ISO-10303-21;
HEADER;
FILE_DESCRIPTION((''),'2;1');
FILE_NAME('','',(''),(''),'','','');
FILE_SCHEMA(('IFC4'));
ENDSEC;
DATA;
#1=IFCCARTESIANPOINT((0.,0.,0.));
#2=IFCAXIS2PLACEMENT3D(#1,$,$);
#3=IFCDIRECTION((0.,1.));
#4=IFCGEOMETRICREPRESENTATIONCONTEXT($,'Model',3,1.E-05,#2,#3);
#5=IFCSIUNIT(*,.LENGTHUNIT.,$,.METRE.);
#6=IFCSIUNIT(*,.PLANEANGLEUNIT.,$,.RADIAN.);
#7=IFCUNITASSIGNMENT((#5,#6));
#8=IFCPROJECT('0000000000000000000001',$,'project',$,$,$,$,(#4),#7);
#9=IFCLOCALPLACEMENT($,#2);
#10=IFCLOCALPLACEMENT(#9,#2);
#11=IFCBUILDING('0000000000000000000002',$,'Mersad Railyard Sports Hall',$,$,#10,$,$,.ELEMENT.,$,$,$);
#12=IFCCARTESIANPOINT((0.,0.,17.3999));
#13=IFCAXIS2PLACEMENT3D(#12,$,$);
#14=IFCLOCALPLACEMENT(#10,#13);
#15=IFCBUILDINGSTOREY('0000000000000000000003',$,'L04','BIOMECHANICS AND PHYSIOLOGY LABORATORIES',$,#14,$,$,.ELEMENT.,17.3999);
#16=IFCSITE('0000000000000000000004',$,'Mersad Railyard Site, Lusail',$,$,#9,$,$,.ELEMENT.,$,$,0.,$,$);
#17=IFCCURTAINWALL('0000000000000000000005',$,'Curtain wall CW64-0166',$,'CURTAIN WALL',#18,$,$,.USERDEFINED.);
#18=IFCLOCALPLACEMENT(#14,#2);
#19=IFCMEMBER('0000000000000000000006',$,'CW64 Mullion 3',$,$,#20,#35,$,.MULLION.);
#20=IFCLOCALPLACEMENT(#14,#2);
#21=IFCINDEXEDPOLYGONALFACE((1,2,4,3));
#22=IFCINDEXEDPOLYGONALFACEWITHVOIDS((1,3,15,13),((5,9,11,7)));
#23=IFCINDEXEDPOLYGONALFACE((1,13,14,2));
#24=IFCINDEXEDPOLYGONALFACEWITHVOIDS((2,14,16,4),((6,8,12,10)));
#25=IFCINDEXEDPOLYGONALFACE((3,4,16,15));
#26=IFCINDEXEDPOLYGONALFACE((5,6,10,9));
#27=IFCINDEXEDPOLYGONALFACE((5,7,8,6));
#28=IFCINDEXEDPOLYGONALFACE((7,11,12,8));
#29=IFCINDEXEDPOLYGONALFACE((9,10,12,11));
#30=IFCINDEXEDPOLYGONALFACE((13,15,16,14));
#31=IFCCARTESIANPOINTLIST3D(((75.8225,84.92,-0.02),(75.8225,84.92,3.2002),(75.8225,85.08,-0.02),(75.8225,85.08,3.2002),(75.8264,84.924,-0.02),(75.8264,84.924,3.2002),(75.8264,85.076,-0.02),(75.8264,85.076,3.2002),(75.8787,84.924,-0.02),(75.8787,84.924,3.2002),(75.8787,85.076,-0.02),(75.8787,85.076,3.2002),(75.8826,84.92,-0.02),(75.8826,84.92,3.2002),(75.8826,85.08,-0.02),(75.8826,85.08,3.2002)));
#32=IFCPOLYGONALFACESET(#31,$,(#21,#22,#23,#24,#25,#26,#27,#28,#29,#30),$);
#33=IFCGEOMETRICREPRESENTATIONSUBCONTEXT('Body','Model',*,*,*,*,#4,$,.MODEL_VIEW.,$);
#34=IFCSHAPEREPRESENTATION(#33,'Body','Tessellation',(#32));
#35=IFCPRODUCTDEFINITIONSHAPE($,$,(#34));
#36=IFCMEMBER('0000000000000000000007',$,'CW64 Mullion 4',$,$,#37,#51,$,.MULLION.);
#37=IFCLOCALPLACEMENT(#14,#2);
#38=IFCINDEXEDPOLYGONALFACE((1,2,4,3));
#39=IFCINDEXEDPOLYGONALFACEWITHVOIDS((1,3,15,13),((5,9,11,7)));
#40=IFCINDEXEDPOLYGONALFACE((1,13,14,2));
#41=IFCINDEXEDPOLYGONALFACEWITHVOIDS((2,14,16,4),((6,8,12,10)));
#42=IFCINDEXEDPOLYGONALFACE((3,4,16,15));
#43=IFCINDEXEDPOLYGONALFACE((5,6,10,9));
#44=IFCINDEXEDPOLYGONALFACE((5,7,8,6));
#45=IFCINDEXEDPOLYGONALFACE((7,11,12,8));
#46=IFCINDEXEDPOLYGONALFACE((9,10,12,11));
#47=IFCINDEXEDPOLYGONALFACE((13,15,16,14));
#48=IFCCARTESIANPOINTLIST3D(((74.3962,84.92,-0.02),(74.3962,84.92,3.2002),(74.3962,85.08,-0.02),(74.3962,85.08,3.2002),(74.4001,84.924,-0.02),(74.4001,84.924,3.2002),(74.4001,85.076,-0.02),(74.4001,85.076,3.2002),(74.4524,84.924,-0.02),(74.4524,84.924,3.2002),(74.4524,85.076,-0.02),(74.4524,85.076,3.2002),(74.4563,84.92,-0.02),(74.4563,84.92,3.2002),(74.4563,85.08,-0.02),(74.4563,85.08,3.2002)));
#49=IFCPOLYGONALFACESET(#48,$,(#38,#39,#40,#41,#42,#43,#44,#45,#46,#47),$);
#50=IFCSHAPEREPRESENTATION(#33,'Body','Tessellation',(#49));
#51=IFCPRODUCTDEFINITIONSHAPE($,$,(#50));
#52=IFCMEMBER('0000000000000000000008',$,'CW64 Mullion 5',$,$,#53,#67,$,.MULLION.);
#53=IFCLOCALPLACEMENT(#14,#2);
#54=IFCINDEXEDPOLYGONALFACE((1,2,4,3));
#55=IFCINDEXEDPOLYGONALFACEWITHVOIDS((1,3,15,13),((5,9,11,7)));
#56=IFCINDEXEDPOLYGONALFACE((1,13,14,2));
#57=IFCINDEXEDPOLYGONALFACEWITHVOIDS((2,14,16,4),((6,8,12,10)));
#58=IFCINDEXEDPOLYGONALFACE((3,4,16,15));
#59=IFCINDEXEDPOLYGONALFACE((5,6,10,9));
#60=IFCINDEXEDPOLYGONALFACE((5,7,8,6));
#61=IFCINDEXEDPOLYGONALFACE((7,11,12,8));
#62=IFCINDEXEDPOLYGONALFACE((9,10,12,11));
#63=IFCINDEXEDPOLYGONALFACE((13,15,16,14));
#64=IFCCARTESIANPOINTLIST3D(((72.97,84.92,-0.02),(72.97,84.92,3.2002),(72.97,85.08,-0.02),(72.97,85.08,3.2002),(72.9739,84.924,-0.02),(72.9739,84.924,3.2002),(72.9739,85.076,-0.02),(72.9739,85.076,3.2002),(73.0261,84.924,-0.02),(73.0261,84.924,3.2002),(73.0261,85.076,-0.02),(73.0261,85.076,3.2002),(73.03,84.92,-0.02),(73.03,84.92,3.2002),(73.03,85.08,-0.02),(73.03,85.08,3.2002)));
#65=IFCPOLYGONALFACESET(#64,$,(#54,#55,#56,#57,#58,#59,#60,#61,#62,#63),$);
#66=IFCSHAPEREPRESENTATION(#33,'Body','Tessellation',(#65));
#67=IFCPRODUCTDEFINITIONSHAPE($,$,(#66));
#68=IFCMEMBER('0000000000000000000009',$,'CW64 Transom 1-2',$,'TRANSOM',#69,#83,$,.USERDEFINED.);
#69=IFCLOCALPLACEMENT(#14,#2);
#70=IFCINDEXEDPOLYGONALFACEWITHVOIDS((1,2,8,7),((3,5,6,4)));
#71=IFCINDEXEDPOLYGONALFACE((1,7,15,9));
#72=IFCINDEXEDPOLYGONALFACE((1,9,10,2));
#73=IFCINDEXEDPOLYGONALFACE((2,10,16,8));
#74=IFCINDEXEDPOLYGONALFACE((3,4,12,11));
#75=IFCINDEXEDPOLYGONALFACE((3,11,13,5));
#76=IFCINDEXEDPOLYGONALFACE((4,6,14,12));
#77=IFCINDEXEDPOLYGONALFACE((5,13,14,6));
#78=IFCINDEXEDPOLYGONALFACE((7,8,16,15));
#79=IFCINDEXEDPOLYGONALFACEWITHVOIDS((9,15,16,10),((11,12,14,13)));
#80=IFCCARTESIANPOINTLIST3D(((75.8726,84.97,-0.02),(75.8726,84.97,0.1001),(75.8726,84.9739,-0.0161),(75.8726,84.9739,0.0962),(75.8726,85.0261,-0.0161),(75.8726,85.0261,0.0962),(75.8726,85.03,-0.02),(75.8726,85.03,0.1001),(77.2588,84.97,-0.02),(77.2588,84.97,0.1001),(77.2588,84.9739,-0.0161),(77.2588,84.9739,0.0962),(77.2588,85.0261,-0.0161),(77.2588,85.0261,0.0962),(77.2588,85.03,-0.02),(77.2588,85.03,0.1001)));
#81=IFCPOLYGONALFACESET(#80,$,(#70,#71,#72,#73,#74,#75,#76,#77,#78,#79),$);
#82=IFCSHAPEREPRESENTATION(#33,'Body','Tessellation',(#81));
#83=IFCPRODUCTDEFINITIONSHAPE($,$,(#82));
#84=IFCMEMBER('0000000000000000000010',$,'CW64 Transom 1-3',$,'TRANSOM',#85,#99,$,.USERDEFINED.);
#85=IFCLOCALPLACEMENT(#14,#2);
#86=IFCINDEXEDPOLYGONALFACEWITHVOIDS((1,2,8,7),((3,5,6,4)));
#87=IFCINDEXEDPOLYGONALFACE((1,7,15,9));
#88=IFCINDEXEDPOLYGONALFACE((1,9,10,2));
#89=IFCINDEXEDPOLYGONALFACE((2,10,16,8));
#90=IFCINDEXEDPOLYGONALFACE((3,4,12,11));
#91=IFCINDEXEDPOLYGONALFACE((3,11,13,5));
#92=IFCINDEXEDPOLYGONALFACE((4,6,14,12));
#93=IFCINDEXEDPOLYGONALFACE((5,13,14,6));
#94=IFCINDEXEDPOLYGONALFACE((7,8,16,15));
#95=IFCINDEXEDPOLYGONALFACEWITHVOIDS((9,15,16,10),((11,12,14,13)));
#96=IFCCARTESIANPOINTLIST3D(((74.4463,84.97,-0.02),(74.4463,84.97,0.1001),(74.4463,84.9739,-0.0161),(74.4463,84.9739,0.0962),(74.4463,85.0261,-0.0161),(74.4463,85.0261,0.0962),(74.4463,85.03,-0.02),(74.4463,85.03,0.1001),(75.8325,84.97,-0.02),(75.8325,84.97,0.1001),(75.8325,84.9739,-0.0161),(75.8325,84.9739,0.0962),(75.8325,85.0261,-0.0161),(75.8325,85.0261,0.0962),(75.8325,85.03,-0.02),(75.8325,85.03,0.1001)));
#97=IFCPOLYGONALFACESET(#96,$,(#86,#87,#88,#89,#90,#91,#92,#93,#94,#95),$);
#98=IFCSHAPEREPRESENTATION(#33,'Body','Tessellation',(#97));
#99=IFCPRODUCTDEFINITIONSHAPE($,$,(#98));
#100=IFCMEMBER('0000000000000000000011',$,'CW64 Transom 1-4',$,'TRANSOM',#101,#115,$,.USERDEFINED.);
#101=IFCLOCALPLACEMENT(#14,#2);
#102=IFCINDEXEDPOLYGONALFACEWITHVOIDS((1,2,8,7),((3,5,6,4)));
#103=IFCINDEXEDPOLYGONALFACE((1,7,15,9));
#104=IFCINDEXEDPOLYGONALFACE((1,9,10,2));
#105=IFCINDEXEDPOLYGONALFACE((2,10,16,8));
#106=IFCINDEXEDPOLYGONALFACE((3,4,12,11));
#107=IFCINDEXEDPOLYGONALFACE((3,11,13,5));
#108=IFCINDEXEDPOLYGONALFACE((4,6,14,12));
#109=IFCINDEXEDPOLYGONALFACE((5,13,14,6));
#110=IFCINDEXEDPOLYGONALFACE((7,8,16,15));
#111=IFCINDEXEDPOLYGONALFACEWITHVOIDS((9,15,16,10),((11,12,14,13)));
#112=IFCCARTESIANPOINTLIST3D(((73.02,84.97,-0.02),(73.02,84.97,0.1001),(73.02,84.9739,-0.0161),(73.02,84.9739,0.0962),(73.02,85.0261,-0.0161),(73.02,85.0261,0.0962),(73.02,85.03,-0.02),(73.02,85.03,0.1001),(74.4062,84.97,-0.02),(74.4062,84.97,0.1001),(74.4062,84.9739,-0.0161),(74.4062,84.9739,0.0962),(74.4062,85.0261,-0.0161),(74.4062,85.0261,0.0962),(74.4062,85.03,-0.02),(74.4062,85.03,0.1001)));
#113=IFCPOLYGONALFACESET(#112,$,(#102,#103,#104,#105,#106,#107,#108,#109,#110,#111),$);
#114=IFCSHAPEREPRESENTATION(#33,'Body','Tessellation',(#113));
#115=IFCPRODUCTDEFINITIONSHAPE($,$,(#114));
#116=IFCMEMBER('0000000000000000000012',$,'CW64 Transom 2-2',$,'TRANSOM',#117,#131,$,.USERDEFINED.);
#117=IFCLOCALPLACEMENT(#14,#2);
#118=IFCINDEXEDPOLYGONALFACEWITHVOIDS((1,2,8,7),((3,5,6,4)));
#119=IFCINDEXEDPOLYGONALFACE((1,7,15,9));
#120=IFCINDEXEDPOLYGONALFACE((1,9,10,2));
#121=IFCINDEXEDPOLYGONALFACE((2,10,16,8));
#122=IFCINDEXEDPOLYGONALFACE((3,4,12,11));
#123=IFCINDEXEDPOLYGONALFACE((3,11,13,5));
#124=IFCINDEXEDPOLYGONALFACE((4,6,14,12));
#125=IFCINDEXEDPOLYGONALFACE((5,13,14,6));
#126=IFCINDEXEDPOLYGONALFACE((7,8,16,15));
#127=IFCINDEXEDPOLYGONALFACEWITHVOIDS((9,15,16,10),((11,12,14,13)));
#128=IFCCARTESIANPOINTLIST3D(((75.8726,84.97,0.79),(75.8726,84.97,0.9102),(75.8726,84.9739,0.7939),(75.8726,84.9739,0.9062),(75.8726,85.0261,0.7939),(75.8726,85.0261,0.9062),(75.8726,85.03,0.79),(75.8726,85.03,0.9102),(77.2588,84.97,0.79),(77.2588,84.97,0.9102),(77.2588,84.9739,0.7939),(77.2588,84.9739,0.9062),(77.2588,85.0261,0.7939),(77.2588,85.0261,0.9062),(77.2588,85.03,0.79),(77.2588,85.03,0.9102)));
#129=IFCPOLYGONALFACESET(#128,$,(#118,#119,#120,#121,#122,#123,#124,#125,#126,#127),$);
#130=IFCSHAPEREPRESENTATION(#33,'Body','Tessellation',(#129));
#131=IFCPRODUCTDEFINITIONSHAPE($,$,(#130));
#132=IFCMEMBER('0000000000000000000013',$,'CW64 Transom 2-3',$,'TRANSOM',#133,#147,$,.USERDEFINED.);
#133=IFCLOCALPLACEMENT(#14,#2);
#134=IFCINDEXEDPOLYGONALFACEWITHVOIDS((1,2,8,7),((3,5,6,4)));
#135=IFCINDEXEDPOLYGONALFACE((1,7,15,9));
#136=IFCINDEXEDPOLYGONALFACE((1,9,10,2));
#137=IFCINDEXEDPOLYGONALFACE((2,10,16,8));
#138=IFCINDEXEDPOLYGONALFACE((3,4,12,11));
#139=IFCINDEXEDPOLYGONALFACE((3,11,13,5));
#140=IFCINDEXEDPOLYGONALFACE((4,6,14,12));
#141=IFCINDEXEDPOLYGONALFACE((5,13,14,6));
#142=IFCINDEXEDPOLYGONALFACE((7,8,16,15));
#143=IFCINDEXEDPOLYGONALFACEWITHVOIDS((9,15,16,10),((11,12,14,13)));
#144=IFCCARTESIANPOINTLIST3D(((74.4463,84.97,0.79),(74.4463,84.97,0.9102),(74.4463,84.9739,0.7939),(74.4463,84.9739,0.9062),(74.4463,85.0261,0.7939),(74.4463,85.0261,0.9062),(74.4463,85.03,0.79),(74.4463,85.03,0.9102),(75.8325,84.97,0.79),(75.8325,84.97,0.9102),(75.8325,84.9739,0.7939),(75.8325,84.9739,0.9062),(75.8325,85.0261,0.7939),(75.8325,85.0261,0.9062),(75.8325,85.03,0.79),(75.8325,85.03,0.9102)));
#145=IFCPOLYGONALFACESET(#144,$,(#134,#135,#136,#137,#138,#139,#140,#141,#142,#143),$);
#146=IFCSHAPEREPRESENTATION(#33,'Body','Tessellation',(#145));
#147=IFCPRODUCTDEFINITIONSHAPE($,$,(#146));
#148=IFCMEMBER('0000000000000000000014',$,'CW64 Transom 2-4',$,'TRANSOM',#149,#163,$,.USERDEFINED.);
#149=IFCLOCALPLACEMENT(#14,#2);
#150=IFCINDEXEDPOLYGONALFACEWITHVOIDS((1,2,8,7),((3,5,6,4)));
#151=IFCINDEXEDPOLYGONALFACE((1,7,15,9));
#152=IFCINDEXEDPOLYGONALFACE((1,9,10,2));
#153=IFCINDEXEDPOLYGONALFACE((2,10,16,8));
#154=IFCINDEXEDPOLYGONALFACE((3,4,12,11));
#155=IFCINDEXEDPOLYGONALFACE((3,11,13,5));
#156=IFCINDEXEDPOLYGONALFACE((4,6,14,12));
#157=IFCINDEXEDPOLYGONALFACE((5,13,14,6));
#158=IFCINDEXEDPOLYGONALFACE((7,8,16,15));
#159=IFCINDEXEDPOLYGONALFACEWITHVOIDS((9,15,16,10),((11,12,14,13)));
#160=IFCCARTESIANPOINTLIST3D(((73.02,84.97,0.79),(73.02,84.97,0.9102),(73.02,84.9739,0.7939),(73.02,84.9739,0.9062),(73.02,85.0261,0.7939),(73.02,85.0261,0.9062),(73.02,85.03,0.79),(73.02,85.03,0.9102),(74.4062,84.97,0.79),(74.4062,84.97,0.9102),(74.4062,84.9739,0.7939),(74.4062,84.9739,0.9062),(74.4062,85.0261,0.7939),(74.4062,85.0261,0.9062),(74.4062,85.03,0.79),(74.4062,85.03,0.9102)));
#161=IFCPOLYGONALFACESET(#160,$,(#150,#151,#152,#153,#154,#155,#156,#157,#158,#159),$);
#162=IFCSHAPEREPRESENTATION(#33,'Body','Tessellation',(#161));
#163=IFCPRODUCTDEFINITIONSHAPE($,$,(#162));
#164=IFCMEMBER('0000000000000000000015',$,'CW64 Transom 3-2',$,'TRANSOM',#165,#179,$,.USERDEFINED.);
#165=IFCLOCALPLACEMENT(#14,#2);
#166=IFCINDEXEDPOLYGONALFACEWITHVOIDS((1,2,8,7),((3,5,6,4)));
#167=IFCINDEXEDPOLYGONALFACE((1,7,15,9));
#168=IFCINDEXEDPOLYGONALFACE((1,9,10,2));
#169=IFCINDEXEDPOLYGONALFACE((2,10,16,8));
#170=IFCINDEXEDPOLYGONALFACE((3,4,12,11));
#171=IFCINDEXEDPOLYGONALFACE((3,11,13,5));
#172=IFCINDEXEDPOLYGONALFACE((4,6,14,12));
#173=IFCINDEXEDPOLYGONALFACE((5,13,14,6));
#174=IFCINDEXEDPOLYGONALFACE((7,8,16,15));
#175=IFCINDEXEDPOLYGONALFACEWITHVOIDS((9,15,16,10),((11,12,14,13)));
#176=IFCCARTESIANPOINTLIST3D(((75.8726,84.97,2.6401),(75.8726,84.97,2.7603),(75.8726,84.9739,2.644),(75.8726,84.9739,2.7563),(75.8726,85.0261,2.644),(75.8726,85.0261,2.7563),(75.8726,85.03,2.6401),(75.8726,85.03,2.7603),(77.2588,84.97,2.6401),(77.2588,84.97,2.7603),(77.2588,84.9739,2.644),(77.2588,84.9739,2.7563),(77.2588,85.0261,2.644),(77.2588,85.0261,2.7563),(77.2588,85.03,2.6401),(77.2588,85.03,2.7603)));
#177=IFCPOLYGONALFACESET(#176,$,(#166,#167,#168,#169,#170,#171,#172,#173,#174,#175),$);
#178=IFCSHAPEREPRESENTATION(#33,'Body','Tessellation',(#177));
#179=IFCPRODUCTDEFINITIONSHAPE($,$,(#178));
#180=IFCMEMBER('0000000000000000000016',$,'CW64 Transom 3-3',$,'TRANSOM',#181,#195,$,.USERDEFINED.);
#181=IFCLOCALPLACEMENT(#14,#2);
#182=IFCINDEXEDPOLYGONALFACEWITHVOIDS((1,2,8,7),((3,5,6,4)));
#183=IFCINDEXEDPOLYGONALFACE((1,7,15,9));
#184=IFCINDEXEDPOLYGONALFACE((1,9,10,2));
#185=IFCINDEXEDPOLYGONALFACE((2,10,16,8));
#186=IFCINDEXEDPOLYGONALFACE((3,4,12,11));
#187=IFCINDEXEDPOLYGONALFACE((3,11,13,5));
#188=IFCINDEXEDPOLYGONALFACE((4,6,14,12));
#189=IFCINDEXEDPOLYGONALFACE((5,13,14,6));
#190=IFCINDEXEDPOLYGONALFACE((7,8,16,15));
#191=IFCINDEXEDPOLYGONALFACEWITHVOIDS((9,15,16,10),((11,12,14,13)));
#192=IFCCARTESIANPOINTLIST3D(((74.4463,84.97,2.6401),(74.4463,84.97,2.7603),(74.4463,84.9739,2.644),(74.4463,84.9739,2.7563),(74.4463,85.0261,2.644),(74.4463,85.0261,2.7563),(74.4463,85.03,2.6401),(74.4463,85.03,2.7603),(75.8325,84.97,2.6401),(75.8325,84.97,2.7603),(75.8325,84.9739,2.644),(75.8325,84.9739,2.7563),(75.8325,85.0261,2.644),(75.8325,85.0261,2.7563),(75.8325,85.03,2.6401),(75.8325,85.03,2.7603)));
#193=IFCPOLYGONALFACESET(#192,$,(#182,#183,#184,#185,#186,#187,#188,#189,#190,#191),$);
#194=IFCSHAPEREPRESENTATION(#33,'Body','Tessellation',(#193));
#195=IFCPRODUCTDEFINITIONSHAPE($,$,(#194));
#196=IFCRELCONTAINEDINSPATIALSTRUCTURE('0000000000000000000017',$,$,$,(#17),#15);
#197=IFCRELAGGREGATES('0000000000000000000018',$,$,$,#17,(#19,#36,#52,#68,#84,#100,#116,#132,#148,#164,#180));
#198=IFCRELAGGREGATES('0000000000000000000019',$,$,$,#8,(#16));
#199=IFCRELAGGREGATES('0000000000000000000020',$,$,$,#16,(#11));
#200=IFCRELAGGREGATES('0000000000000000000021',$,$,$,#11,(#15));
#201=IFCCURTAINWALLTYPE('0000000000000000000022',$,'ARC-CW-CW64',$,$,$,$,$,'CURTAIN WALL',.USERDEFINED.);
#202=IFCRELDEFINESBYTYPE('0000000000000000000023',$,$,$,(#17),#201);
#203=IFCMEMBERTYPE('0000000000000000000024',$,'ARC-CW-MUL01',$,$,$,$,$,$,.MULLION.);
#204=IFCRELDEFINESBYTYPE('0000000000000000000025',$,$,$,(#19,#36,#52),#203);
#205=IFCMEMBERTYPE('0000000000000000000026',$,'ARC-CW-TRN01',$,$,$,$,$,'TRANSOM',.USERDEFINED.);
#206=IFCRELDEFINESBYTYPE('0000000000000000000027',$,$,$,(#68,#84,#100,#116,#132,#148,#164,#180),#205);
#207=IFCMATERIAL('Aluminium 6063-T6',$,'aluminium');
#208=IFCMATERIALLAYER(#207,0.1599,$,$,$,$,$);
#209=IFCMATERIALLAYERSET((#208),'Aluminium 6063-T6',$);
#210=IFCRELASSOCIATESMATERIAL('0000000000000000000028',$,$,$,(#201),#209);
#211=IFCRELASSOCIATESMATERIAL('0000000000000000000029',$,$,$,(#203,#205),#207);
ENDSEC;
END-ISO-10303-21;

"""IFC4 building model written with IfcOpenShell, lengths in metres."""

from ifc_helpers import new_model, si_unit, direction, frame, origin, origin_2d, place, context, subcontext, project, spatial, hollow_rectangle, extrude, material, layer, layer_set, material_profile, profile_set, type_object, element, aggregate, save


model = new_model("IFC4")

# Units and contexts
model_context = context("Model", 3, precision=1e-05, world=origin(), true_north=direction((0.0, 1.0)))
body_context = subcontext(model_context, "Body", "Model", "MODEL_VIEW")
ifc_project = project(units=[si_unit("LENGTHUNIT", "METRE"), si_unit("PLANEANGLEUNIT", "RADIAN")], contexts=[model_context])

# Site, building, storey
site_placement = place(None, origin())
site = spatial("IfcSite", under=ifc_project, at=site_placement, Name="Mersad Railyard Site, Lusail", CompositionType="ELEMENT", RefElevation=0.0)
building_placement = place(site_placement, origin())
building = spatial("IfcBuilding", under=site, at=building_placement, Name="Mersad Railyard Sports Hall", CompositionType="ELEMENT")
storey_placement = place(building_placement, frame((0.0, 0.0, 17.3999)))
storey = spatial("IfcBuildingStorey", under=building, at=storey_placement, Name="L04", Description="BIOMECHANICS AND PHYSIOLOGY LABORATORIES", CompositionType="ELEMENT", Elevation=17.3999)

# Curtain wall, members
ifc_material_1 = material(Name="Aluminium 6063-T6", Category="aluminium")
ifc_layer_1 = layer(ifc_material_1, 0.1599)
ifc_layer_set_1 = layer_set([ifc_layer_1], Name="Aluminium 6063-T6")
curtain_wall_type = type_object("IfcCurtainWallType", Name="ARC-CW-CW64", ElementType="CURTAIN WALL", PredefinedType="USERDEFINED", material=ifc_layer_set_1)
curtain_wall_placement = place(storey_placement, origin())
curtain_wall = element("IfcCurtainWall", 1, at=curtain_wall_placement, inside=storey, type_object=curtain_wall_type, Name="Curtain wall CW64-0166", ObjectType="CURTAIN WALL", PredefinedType="USERDEFINED")
ifc_material_profile_1 = material_profile(ifc_material_1, hollow_rectangle(XDim=0.0601, YDim=0.1599, WallThickness=0.0039, at=origin_2d()), Name="AL MULLION 60x160x4")
ifc_profile_set_1 = profile_set([ifc_material_profile_1], Name="Aluminium 6063-T6")
member_type_1 = type_object("IfcMemberType", Name="ARC-CW-MUL01", PredefinedType="MULLION", material=ifc_profile_set_1)
member_1_placement = place(storey_placement, frame((75.8525, 85.0, -0.02), z_axis=(0.0, 0.0, 1.0), x_axis=(1.0, 0.0, 0.0)))
member_1 = element("IfcMember", 2, at=member_1_placement, type_object=member_type_1, Name="CW64 Mullion 3", PredefinedType="MULLION", context=body_context, shape_type="SweptSolid", body=[
    extrude(hollow_rectangle(XDim=0.0601, YDim=0.1599, WallThickness=0.0039, at=origin_2d()), origin(), (0.0, 0.0, 1.0), 3.2202),
])
member_2_placement = place(storey_placement, frame((74.4263, 85.0, -0.02), z_axis=(0.0, 0.0, 1.0), x_axis=(1.0, 0.0, 0.0)))
member_2 = element("IfcMember", 3, at=member_2_placement, type_object=member_type_1, Name="CW64 Mullion 4", PredefinedType="MULLION", context=body_context, shape_type="SweptSolid", body=[
    extrude(hollow_rectangle(XDim=0.0601, YDim=0.1599, WallThickness=0.0039, at=origin_2d()), origin(), (0.0, 0.0, 1.0), 3.2202),
])
member_3_placement = place(storey_placement, frame((73.0, 85.0, -0.02), z_axis=(0.0, 0.0, 1.0), x_axis=(1.0, 0.0, 0.0)))
member_3 = element("IfcMember", 4, at=member_3_placement, type_object=member_type_1, Name="CW64 Mullion 5", PredefinedType="MULLION", context=body_context, shape_type="SweptSolid", body=[
    extrude(hollow_rectangle(XDim=0.0601, YDim=0.1599, WallThickness=0.0039, at=origin_2d()), origin(), (0.0, 0.0, 1.0), 3.2202),
])
ifc_material_profile_2 = material_profile(ifc_material_1, hollow_rectangle(XDim=0.0601, YDim=0.1201, WallThickness=0.0039, at=origin_2d()), Name="AL TRANSOM 60x120x4")
ifc_profile_set_2 = profile_set([ifc_material_profile_2], Name="Aluminium 6063-T6")
member_type_2 = type_object("IfcMemberType", Name="ARC-CW-TRN01", ElementType="TRANSOM", PredefinedType="USERDEFINED", material=ifc_profile_set_2)
member_4_placement = place(storey_placement, frame((77.2588, 85.0, 0.04), z_axis=(-1.0, 0.0, 0.0), x_axis=(0.0, -1.0, 0.0)))
member_4 = element("IfcMember", 5, at=member_4_placement, type_object=member_type_2, Name="CW64 Transom 1-2", ObjectType="TRANSOM", PredefinedType="USERDEFINED", context=body_context, shape_type="SweptSolid", body=[
    extrude(hollow_rectangle(XDim=0.0601, YDim=0.1201, WallThickness=0.0039, at=origin_2d()), origin(), (0.0, 0.0, 1.0), 1.3862),
])
member_5_placement = place(storey_placement, frame((75.8325, 85.0, 0.04), z_axis=(-1.0, 0.0, 0.0), x_axis=(0.0, -1.0, 0.0)))
member_5 = element("IfcMember", 6, at=member_5_placement, type_object=member_type_2, Name="CW64 Transom 1-3", ObjectType="TRANSOM", PredefinedType="USERDEFINED", context=body_context, shape_type="SweptSolid", body=[
    extrude(hollow_rectangle(XDim=0.0601, YDim=0.1201, WallThickness=0.0039, at=origin_2d()), origin(), (0.0, 0.0, 1.0), 1.3862),
])
member_6_placement = place(storey_placement, frame((74.4062, 85.0, 0.04), z_axis=(-1.0, 0.0, 0.0), x_axis=(0.0, -1.0, 0.0)))
member_6 = element("IfcMember", 7, at=member_6_placement, type_object=member_type_2, Name="CW64 Transom 1-4", ObjectType="TRANSOM", PredefinedType="USERDEFINED", context=body_context, shape_type="SweptSolid", body=[
    extrude(hollow_rectangle(XDim=0.0601, YDim=0.1201, WallThickness=0.0039, at=origin_2d()), origin(), (0.0, 0.0, 1.0), 1.3862),
])
member_7_placement = place(storey_placement, frame((77.2588, 85.0, 0.8501), z_axis=(-1.0, 0.0, 0.0), x_axis=(0.0, -1.0, 0.0)))
member_7 = element("IfcMember", 8, at=member_7_placement, type_object=member_type_2, Name="CW64 Transom 2-2", ObjectType="TRANSOM", PredefinedType="USERDEFINED", context=body_context, shape_type="SweptSolid", body=[
    extrude(hollow_rectangle(XDim=0.0601, YDim=0.1201, WallThickness=0.0039, at=origin_2d()), origin(), (0.0, 0.0, 1.0), 1.3862),
])
member_8_placement = place(storey_placement, frame((75.8325, 85.0, 0.8501), z_axis=(-1.0, 0.0, 0.0), x_axis=(0.0, -1.0, 0.0)))
member_8 = element("IfcMember", 9, at=member_8_placement, type_object=member_type_2, Name="CW64 Transom 2-3", ObjectType="TRANSOM", PredefinedType="USERDEFINED", context=body_context, shape_type="SweptSolid", body=[
    extrude(hollow_rectangle(XDim=0.0601, YDim=0.1201, WallThickness=0.0039, at=origin_2d()), origin(), (0.0, 0.0, 1.0), 1.3862),
])
member_9_placement = place(storey_placement, frame((74.4062, 85.0, 0.8501), z_axis=(-1.0, 0.0, 0.0), x_axis=(0.0, -1.0, 0.0)))
member_9 = element("IfcMember", 10, at=member_9_placement, type_object=member_type_2, Name="CW64 Transom 2-4", ObjectType="TRANSOM", PredefinedType="USERDEFINED", context=body_context, shape_type="SweptSolid", body=[
    extrude(hollow_rectangle(XDim=0.0601, YDim=0.1201, WallThickness=0.0039, at=origin_2d()), origin(), (0.0, 0.0, 1.0), 1.3862),
])
member_10_placement = place(storey_placement, frame((77.2588, 85.0, 2.7002), z_axis=(-1.0, 0.0, 0.0), x_axis=(0.0, -1.0, 0.0)))
member_10 = element("IfcMember", 11, at=member_10_placement, type_object=member_type_2, Name="CW64 Transom 3-2", ObjectType="TRANSOM", PredefinedType="USERDEFINED", context=body_context, shape_type="SweptSolid", body=[
    extrude(hollow_rectangle(XDim=0.0601, YDim=0.1201, WallThickness=0.0039, at=origin_2d()), origin(), (0.0, 0.0, 1.0), 1.3862),
])
member_11_placement = place(storey_placement, frame((75.8325, 85.0, 2.7002), z_axis=(-1.0, 0.0, 0.0), x_axis=(0.0, -1.0, 0.0)))
member_11 = element("IfcMember", 12, at=member_11_placement, type_object=member_type_2, Name="CW64 Transom 3-3", ObjectType="TRANSOM", PredefinedType="USERDEFINED", context=body_context, shape_type="SweptSolid", body=[
    extrude(hollow_rectangle(XDim=0.0601, YDim=0.1201, WallThickness=0.0039, at=origin_2d()), origin(), (0.0, 0.0, 1.0), 1.3862),
])
aggregate(curtain_wall, [member_1, member_2, member_3, member_4, member_5, member_6, member_7, member_8, member_9, member_10, member_11])

save(model, "model.ifc")
